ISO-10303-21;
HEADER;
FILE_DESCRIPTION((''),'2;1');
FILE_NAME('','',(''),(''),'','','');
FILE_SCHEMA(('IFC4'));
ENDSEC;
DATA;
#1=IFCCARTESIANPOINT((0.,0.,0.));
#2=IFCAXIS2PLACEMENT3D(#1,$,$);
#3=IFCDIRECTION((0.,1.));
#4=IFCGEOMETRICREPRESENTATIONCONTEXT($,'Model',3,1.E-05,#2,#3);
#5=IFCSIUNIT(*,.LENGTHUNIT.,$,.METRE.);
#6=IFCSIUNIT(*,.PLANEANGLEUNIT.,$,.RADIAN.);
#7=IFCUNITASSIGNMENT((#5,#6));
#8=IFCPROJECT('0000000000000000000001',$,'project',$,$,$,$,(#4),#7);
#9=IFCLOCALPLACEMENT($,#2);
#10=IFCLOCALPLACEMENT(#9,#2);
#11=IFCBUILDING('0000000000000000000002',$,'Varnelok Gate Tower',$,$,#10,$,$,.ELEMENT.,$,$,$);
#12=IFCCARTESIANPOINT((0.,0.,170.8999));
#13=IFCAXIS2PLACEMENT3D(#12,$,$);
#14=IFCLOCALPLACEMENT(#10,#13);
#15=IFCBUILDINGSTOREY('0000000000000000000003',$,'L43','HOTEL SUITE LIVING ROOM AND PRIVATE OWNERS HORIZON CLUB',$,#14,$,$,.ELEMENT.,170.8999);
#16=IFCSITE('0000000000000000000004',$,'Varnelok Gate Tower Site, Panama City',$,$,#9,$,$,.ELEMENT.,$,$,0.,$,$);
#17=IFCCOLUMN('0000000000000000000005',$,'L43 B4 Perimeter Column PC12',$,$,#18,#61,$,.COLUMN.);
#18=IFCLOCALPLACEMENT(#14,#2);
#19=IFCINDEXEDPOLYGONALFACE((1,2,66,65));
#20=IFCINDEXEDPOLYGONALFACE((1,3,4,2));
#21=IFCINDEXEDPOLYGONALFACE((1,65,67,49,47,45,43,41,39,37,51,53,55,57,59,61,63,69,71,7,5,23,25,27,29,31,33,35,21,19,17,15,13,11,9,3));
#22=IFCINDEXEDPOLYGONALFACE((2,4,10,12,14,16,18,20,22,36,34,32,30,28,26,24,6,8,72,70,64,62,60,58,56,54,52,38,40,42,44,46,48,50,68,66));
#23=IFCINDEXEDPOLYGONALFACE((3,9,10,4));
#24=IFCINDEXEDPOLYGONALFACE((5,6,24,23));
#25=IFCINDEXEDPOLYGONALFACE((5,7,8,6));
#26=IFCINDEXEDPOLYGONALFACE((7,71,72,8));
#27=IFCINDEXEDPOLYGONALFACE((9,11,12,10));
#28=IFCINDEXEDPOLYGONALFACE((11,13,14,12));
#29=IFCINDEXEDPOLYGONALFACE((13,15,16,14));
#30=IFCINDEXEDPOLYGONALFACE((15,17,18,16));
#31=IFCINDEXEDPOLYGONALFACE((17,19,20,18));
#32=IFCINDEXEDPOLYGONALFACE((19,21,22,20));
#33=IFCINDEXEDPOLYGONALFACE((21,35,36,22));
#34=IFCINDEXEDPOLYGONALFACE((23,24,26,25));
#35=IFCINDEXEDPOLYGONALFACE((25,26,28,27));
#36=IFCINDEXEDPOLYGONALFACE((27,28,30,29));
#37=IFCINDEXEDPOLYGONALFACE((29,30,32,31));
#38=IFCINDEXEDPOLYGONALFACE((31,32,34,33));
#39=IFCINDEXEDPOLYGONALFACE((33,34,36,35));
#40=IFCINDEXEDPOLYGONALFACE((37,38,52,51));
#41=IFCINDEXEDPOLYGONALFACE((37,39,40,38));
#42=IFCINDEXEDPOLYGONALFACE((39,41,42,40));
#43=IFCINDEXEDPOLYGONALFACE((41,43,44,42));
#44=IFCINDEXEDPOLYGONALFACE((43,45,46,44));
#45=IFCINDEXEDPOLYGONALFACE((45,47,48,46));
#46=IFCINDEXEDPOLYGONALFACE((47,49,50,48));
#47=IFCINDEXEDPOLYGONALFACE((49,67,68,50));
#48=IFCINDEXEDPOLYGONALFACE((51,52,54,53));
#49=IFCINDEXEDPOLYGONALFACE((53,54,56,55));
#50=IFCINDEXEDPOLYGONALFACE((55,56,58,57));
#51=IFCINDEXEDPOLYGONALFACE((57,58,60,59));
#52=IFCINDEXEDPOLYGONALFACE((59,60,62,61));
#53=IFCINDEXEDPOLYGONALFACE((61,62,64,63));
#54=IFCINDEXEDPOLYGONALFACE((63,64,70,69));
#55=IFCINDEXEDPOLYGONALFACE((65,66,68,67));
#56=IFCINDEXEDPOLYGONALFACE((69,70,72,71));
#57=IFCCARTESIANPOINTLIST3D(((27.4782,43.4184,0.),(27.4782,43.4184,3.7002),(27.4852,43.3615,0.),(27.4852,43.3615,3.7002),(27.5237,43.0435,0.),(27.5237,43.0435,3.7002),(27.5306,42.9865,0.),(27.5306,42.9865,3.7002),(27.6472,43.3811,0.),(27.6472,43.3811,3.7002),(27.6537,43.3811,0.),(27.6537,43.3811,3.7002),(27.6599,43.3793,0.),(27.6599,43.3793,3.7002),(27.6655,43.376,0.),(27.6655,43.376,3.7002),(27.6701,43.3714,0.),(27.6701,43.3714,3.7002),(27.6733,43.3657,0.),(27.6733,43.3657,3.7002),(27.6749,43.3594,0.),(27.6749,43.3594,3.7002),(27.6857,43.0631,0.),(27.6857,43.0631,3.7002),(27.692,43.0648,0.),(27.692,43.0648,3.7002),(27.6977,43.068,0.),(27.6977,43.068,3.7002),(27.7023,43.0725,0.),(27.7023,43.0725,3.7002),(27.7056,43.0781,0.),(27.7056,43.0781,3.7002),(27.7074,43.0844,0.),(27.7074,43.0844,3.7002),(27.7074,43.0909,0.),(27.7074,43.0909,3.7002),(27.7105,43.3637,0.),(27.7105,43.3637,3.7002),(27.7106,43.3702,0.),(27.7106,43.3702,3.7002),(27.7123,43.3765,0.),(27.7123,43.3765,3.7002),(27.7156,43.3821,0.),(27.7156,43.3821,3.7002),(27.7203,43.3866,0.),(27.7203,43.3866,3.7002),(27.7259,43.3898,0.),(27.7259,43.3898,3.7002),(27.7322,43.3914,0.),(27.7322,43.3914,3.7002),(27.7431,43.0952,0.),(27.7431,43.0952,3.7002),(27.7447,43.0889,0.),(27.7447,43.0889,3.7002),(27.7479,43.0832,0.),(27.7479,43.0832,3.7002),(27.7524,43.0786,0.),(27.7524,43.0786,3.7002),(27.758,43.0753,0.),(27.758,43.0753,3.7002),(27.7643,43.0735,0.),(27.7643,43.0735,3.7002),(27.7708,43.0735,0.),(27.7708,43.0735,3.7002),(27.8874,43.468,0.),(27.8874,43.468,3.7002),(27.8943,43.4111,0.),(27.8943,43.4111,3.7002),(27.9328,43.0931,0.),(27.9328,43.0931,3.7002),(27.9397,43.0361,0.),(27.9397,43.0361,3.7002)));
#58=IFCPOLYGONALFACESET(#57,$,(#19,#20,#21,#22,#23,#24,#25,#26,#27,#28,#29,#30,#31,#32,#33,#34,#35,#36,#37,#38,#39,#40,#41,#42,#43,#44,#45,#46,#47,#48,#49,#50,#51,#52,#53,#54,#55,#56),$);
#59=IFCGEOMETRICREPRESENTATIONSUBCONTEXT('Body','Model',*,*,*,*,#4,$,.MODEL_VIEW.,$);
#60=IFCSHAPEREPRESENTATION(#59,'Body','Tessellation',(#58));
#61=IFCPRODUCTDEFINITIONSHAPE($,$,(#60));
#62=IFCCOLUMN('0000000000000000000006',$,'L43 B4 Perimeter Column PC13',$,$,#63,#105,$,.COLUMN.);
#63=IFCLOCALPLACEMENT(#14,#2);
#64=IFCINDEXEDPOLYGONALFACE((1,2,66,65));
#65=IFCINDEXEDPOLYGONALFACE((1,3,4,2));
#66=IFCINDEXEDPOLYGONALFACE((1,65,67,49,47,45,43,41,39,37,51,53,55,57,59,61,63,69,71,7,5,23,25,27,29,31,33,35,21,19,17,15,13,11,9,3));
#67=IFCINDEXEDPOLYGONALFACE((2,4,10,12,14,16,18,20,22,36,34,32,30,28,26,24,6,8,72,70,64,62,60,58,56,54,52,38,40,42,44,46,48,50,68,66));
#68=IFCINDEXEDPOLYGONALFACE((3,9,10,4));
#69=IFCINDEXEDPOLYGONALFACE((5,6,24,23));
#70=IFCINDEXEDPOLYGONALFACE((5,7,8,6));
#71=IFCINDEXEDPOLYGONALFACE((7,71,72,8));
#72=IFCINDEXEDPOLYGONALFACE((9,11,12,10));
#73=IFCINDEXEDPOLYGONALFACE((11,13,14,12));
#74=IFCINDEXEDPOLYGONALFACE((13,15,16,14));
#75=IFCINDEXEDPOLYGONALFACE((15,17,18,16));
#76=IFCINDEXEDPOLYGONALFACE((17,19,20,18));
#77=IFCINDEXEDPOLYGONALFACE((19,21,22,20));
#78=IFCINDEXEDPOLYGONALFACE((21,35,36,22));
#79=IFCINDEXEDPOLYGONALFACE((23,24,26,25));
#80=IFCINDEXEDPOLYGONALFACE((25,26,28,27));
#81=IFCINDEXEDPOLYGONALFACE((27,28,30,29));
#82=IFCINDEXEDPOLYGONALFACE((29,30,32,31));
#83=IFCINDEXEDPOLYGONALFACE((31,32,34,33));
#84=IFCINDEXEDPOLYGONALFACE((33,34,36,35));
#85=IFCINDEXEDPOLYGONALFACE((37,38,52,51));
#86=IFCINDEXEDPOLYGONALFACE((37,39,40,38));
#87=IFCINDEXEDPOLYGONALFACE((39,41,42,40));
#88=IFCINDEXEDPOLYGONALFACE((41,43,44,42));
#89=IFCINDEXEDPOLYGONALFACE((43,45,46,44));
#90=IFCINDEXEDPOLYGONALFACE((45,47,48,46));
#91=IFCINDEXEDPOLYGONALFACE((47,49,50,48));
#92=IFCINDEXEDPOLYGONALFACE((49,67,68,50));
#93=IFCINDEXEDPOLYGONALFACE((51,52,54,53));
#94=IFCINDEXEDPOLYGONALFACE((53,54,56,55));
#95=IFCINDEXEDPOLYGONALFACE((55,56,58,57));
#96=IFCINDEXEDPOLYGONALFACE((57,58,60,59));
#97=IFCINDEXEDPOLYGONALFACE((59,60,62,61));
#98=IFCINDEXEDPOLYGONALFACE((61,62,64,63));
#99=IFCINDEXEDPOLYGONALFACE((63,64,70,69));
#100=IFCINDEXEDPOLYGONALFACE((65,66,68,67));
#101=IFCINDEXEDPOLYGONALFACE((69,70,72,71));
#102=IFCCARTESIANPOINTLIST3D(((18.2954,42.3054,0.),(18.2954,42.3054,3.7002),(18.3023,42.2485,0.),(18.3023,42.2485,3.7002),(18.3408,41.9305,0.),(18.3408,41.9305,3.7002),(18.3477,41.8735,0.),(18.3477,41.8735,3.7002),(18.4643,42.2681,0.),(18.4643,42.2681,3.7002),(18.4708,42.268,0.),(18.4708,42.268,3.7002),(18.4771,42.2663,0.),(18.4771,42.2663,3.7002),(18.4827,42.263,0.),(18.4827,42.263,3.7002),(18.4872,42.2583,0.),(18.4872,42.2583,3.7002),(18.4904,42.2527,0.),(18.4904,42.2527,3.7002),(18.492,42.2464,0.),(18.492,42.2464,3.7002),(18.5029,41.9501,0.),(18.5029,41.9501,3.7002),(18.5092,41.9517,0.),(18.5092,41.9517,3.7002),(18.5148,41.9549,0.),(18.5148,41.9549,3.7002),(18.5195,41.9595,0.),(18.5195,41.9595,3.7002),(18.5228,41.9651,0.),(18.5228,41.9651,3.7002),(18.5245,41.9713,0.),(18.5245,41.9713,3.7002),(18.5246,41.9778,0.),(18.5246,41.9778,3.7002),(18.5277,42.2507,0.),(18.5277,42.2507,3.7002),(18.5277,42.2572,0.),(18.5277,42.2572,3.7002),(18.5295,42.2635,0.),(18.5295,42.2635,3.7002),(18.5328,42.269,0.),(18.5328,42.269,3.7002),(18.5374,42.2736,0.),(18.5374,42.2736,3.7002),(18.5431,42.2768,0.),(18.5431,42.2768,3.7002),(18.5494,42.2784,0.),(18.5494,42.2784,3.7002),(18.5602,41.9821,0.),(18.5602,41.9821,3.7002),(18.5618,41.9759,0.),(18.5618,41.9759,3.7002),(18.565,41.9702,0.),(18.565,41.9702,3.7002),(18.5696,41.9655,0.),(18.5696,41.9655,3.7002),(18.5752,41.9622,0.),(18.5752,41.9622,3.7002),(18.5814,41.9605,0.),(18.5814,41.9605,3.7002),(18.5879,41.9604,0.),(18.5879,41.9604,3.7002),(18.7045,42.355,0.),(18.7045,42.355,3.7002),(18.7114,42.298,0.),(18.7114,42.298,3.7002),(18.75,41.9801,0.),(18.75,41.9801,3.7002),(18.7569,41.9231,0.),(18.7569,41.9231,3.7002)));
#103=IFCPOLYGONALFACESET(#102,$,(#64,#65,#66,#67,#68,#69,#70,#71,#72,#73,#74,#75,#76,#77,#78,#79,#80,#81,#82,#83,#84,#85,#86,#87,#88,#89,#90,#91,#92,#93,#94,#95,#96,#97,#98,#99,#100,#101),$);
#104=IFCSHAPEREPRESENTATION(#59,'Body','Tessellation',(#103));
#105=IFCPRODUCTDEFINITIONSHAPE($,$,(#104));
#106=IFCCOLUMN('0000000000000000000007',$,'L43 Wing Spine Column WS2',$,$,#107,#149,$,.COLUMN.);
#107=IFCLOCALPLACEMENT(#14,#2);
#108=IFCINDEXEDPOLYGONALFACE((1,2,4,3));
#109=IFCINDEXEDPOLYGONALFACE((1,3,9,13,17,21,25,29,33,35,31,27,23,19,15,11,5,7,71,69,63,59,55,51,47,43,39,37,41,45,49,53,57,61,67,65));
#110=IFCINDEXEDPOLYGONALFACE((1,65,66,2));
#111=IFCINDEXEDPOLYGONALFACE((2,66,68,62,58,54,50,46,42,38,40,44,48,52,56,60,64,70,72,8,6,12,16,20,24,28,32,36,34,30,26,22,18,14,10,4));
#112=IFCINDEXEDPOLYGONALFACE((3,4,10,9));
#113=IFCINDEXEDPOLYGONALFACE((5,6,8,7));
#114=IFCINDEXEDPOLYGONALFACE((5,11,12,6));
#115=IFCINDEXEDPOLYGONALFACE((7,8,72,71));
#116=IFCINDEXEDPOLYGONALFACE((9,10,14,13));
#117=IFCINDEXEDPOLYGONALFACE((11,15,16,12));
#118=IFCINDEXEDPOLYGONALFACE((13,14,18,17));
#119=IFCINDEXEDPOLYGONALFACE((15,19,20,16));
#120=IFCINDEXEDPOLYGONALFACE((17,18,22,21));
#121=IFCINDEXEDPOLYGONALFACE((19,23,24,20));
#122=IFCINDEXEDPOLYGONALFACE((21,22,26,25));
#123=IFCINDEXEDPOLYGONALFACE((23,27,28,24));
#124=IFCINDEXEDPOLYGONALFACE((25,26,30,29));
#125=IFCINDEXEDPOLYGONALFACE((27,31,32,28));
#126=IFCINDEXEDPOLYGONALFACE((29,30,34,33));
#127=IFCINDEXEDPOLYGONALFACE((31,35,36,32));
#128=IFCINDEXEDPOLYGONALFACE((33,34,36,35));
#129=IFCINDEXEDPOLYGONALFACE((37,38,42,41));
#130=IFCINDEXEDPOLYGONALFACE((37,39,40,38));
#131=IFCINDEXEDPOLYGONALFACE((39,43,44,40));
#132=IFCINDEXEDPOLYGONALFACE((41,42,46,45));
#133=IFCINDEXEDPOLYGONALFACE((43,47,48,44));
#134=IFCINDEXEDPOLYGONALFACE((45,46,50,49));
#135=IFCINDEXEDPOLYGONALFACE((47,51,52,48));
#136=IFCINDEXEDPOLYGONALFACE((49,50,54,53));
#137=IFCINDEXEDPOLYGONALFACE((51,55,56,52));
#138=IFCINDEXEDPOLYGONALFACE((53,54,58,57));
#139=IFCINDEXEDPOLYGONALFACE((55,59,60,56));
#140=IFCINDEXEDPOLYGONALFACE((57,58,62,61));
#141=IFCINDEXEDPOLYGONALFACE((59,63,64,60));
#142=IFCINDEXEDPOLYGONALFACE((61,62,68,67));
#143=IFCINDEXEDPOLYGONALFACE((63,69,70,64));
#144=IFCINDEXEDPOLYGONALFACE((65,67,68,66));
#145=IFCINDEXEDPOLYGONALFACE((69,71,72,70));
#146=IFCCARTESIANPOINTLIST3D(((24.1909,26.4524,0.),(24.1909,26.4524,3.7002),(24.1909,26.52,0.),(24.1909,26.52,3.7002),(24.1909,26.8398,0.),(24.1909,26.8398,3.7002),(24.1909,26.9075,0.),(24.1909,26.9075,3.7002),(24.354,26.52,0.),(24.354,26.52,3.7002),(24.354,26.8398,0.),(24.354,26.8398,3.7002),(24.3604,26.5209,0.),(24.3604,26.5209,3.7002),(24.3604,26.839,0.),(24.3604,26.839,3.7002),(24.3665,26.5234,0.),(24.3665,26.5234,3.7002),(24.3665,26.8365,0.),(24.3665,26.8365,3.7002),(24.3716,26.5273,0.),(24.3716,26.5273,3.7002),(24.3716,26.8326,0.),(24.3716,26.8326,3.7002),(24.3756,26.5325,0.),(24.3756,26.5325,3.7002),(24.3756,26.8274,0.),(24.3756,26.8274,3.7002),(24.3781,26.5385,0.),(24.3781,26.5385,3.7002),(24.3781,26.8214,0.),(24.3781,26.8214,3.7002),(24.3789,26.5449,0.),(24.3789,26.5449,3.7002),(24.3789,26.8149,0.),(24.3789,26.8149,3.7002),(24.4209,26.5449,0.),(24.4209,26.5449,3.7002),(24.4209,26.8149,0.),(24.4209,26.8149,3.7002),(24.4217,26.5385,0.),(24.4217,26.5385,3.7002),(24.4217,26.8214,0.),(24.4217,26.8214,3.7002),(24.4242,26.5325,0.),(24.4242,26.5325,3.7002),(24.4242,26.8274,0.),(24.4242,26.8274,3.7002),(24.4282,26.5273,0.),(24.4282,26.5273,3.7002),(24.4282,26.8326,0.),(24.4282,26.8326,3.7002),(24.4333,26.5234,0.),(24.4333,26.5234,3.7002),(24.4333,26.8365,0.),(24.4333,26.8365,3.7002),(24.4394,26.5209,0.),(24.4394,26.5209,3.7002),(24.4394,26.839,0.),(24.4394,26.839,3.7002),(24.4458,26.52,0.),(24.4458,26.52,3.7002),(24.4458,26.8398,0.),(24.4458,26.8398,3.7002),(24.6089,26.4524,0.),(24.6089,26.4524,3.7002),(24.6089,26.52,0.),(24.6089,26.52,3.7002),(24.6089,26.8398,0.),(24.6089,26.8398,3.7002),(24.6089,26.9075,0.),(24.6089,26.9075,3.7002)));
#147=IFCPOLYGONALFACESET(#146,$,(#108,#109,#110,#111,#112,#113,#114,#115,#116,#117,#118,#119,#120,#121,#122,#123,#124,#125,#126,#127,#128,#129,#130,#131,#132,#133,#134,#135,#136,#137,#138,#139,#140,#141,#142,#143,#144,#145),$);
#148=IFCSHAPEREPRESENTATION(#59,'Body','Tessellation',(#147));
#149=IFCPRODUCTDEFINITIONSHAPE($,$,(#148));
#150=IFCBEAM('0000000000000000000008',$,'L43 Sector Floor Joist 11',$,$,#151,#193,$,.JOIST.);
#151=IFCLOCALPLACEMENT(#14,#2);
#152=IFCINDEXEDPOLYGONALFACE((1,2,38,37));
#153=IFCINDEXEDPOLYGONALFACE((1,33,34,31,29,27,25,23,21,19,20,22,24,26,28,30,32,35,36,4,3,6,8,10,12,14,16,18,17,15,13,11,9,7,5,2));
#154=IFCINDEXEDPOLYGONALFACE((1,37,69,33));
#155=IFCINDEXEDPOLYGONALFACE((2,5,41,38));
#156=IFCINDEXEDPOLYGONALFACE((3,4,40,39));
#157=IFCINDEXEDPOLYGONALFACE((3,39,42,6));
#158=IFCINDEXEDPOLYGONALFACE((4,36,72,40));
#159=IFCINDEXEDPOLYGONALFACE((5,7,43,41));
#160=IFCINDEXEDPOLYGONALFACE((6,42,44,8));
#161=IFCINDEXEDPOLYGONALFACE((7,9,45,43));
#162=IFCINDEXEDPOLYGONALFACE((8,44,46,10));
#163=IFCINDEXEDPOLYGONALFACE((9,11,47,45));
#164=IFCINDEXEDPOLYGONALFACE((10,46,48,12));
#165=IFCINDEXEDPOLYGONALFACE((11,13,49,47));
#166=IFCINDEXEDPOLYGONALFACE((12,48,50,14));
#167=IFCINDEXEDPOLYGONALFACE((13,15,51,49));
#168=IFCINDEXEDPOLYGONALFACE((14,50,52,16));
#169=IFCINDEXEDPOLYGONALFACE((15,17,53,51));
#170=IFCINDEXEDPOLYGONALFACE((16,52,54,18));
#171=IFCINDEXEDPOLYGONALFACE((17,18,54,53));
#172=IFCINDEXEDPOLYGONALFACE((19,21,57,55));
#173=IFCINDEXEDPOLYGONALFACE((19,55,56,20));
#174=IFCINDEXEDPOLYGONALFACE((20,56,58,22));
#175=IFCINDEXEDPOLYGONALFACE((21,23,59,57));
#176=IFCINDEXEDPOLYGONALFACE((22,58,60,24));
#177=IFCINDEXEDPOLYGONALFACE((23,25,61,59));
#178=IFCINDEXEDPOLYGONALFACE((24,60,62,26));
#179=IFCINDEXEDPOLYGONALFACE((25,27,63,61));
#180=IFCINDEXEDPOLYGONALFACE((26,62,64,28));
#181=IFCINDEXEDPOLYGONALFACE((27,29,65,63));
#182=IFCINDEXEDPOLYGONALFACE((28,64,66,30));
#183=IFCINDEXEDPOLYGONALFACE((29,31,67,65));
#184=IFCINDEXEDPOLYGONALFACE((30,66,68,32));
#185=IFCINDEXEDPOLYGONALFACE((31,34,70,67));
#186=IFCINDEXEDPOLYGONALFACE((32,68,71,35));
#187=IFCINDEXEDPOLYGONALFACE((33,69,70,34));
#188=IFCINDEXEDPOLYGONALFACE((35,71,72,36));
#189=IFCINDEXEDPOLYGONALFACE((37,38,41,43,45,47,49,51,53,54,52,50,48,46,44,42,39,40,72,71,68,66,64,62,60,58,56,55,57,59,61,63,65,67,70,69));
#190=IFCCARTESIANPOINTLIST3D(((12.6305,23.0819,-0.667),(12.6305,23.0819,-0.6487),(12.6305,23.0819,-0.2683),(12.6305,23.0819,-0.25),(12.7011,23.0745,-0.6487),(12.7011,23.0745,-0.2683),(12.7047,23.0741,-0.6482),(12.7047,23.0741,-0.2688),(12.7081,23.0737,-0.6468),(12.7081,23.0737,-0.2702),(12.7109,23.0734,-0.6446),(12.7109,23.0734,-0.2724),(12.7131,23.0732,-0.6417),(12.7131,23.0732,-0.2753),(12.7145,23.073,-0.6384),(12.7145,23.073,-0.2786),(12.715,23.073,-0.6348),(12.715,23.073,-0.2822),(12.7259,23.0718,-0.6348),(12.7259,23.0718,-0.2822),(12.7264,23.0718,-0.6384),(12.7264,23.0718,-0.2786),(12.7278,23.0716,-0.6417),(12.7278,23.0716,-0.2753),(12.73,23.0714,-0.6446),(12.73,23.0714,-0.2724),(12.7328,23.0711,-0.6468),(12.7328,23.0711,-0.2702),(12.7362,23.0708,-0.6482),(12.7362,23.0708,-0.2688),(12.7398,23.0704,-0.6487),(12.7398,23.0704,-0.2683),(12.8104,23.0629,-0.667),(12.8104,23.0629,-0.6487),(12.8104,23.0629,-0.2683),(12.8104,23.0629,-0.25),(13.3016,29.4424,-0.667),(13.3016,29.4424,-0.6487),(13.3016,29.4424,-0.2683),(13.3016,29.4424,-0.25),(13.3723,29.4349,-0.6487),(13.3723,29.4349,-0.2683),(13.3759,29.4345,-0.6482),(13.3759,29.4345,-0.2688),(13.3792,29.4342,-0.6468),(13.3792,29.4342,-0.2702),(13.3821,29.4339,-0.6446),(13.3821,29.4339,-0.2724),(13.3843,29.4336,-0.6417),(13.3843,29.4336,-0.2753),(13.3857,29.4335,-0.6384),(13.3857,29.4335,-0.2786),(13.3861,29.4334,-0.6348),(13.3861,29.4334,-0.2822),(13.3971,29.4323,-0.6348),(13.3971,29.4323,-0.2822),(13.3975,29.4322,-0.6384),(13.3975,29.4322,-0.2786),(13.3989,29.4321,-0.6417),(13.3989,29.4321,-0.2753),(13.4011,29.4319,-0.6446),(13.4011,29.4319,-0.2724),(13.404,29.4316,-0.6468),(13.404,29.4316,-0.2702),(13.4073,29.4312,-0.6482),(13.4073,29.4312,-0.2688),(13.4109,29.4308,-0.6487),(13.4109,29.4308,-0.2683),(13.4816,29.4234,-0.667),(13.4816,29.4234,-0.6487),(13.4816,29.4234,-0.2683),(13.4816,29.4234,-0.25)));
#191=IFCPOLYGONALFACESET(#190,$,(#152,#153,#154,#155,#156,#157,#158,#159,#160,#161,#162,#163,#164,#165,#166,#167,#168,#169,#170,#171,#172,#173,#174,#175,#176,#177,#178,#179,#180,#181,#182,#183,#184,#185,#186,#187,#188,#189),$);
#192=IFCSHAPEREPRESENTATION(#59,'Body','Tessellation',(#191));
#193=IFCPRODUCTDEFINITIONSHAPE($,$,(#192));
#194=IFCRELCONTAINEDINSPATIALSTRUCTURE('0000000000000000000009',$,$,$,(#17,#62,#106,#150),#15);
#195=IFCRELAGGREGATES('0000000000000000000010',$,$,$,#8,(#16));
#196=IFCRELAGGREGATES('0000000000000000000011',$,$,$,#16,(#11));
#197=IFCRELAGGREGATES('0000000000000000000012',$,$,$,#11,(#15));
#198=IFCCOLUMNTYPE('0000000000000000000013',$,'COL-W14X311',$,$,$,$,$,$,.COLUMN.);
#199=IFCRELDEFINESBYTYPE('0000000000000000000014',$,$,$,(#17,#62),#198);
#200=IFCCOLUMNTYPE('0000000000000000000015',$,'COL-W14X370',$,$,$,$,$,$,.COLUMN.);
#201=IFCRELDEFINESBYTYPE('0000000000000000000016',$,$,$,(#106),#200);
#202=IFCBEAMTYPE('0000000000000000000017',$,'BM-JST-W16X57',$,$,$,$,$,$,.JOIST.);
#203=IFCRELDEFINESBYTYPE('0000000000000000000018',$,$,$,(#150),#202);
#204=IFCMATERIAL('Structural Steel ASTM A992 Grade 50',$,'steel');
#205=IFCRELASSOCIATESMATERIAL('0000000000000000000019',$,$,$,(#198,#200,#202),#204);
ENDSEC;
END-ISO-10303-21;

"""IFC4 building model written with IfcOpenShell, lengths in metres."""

from ifc_helpers import new_model, si_unit, direction, frame, origin, origin_2d, place, context, subcontext, project, spatial, i_section, extrude, material, material_profile, profile_set, type_object, element, save


model = new_model("IFC4")

# Units and contexts
model_context = context("Model", 3, precision=1e-05, world=origin(), true_north=direction((0.0, 1.0)))
body_context = subcontext(model_context, "Body", "Model", "MODEL_VIEW")
ifc_project = project(units=[si_unit("LENGTHUNIT", "METRE"), si_unit("PLANEANGLEUNIT", "RADIAN")], contexts=[model_context])

# Site, building, storey
site_placement = place(None, origin())
site = spatial("IfcSite", under=ifc_project, at=site_placement, Name="Varnelok Gate Tower Site, Panama City", CompositionType="ELEMENT", RefElevation=0.0)
building_placement = place(site_placement, origin())
building = spatial("IfcBuilding", under=site, at=building_placement, Name="Varnelok Gate Tower", CompositionType="ELEMENT")
storey_placement = place(building_placement, frame((0.0, 0.0, 170.8999)))
storey = spatial("IfcBuildingStorey", under=building, at=storey_placement, Name="L43", Description="HOTEL SUITE LIVING ROOM AND PRIVATE OWNERS HORIZON CLUB", CompositionType="ELEMENT", Elevation=170.8999)

# Columns
ifc_material_1 = material(Name="Structural Steel ASTM A992 Grade 50", Category="steel")
ifc_material_profile_1 = material_profile(ifc_material_1, i_section(OverallWidth=0.4121, OverallDepth=0.4351, WebThickness=0.0359, FlangeThickness=0.0574, FilletRadius=0.0249, at=origin_2d()), Name="W14X311")
ifc_profile_set_1 = profile_set([ifc_material_profile_1], Name="Structural Steel ASTM A992 Grade 50")
column_type_1 = type_object("IfcColumnType", Name="COL-W14X311", PredefinedType="COLUMN", material=ifc_profile_set_1)
for number, where, z_axis, x_axis, name in (
    (1, (27.709, 43.2273, 0.0), (0.0, 0.0, 1.0), (0.992732, 0.120345, 0.0), "L43 B4 Perimeter Column PC12"),
    (2, (18.5261, 42.1143, 0.0), (0.0, 0.0, 1.0), (0.992732, 0.120345, 0.0), "L43 B4 Perimeter Column PC13"),
):
    element("IfcColumn", number, at=place(storey_placement, frame(where, z_axis=z_axis, x_axis=x_axis)), inside=storey, type_object=column_type_1, Name=name, PredefinedType="COLUMN", context=body_context, shape_type="SweptSolid", body=[
        extrude(i_section(OverallWidth=0.4121, OverallDepth=0.4351, WebThickness=0.0359, FlangeThickness=0.0574, FilletRadius=0.0249, at=origin_2d()), origin(), (0.0, 0.0, 1.0), 3.7002),
    ])
ifc_material_profile_2 = material_profile(ifc_material_1, i_section(OverallWidth=0.418, OverallDepth=0.4551, WebThickness=0.042, FlangeThickness=0.0676, FilletRadius=0.0249, at=origin_2d()), Name="W14X370")
ifc_profile_set_2 = profile_set([ifc_material_profile_2], Name="Structural Steel ASTM A992 Grade 50")
column_type_2 = type_object("IfcColumnType", Name="COL-W14X370", PredefinedType="COLUMN", material=ifc_profile_set_2)
column_placement = place(storey_placement, frame((24.3999, 26.6799, 0.0), z_axis=(0.0, 0.0, 1.0), x_axis=(1.0, 0.0, 0.0)))
element("IfcColumn", 3, at=column_placement, inside=storey, type_object=column_type_2, Name="L43 Wing Spine Column WS2", PredefinedType="COLUMN", context=body_context, shape_type="SweptSolid", body=[
    extrude(i_section(OverallWidth=0.418, OverallDepth=0.4551, WebThickness=0.042, FlangeThickness=0.0676, FilletRadius=0.0249, at=origin_2d()), origin(), (0.0, 0.0, 1.0), 3.7002),
])

# Beam
ifc_material_profile_3 = material_profile(ifc_material_1, i_section(OverallWidth=0.1809, OverallDepth=0.417, WebThickness=0.011, FlangeThickness=0.0183, FilletRadius=0.0139, at=origin_2d()), Name="W16X57")
ifc_profile_set_3 = profile_set([ifc_material_profile_3], Name="Structural Steel ASTM A992 Grade 50")
beam_type_1 = type_object("IfcBeamType", Name="BM-JST-W16X57", PredefinedType="JOIST", material=ifc_profile_set_3)
beam_1_placement = place(storey_placement, frame((13.3916, 29.4329, -0.4585), z_axis=(-0.104937, -0.994479, 0.0), x_axis=(0.994479, -0.104937, 0.0)))
element("IfcBeam", 4, at=beam_1_placement, inside=storey, type_object=beam_type_1, Name="L43 Sector Floor Joist 11", PredefinedType="JOIST", context=body_context, shape_type="SweptSolid", body=[
    extrude(i_section(OverallWidth=0.1809, OverallDepth=0.417, WebThickness=0.011, FlangeThickness=0.0183, FilletRadius=0.0139, at=origin_2d()), origin(), (0.0, 0.0, 1.0), 6.3958),
])

save(model, "model.ifc")
